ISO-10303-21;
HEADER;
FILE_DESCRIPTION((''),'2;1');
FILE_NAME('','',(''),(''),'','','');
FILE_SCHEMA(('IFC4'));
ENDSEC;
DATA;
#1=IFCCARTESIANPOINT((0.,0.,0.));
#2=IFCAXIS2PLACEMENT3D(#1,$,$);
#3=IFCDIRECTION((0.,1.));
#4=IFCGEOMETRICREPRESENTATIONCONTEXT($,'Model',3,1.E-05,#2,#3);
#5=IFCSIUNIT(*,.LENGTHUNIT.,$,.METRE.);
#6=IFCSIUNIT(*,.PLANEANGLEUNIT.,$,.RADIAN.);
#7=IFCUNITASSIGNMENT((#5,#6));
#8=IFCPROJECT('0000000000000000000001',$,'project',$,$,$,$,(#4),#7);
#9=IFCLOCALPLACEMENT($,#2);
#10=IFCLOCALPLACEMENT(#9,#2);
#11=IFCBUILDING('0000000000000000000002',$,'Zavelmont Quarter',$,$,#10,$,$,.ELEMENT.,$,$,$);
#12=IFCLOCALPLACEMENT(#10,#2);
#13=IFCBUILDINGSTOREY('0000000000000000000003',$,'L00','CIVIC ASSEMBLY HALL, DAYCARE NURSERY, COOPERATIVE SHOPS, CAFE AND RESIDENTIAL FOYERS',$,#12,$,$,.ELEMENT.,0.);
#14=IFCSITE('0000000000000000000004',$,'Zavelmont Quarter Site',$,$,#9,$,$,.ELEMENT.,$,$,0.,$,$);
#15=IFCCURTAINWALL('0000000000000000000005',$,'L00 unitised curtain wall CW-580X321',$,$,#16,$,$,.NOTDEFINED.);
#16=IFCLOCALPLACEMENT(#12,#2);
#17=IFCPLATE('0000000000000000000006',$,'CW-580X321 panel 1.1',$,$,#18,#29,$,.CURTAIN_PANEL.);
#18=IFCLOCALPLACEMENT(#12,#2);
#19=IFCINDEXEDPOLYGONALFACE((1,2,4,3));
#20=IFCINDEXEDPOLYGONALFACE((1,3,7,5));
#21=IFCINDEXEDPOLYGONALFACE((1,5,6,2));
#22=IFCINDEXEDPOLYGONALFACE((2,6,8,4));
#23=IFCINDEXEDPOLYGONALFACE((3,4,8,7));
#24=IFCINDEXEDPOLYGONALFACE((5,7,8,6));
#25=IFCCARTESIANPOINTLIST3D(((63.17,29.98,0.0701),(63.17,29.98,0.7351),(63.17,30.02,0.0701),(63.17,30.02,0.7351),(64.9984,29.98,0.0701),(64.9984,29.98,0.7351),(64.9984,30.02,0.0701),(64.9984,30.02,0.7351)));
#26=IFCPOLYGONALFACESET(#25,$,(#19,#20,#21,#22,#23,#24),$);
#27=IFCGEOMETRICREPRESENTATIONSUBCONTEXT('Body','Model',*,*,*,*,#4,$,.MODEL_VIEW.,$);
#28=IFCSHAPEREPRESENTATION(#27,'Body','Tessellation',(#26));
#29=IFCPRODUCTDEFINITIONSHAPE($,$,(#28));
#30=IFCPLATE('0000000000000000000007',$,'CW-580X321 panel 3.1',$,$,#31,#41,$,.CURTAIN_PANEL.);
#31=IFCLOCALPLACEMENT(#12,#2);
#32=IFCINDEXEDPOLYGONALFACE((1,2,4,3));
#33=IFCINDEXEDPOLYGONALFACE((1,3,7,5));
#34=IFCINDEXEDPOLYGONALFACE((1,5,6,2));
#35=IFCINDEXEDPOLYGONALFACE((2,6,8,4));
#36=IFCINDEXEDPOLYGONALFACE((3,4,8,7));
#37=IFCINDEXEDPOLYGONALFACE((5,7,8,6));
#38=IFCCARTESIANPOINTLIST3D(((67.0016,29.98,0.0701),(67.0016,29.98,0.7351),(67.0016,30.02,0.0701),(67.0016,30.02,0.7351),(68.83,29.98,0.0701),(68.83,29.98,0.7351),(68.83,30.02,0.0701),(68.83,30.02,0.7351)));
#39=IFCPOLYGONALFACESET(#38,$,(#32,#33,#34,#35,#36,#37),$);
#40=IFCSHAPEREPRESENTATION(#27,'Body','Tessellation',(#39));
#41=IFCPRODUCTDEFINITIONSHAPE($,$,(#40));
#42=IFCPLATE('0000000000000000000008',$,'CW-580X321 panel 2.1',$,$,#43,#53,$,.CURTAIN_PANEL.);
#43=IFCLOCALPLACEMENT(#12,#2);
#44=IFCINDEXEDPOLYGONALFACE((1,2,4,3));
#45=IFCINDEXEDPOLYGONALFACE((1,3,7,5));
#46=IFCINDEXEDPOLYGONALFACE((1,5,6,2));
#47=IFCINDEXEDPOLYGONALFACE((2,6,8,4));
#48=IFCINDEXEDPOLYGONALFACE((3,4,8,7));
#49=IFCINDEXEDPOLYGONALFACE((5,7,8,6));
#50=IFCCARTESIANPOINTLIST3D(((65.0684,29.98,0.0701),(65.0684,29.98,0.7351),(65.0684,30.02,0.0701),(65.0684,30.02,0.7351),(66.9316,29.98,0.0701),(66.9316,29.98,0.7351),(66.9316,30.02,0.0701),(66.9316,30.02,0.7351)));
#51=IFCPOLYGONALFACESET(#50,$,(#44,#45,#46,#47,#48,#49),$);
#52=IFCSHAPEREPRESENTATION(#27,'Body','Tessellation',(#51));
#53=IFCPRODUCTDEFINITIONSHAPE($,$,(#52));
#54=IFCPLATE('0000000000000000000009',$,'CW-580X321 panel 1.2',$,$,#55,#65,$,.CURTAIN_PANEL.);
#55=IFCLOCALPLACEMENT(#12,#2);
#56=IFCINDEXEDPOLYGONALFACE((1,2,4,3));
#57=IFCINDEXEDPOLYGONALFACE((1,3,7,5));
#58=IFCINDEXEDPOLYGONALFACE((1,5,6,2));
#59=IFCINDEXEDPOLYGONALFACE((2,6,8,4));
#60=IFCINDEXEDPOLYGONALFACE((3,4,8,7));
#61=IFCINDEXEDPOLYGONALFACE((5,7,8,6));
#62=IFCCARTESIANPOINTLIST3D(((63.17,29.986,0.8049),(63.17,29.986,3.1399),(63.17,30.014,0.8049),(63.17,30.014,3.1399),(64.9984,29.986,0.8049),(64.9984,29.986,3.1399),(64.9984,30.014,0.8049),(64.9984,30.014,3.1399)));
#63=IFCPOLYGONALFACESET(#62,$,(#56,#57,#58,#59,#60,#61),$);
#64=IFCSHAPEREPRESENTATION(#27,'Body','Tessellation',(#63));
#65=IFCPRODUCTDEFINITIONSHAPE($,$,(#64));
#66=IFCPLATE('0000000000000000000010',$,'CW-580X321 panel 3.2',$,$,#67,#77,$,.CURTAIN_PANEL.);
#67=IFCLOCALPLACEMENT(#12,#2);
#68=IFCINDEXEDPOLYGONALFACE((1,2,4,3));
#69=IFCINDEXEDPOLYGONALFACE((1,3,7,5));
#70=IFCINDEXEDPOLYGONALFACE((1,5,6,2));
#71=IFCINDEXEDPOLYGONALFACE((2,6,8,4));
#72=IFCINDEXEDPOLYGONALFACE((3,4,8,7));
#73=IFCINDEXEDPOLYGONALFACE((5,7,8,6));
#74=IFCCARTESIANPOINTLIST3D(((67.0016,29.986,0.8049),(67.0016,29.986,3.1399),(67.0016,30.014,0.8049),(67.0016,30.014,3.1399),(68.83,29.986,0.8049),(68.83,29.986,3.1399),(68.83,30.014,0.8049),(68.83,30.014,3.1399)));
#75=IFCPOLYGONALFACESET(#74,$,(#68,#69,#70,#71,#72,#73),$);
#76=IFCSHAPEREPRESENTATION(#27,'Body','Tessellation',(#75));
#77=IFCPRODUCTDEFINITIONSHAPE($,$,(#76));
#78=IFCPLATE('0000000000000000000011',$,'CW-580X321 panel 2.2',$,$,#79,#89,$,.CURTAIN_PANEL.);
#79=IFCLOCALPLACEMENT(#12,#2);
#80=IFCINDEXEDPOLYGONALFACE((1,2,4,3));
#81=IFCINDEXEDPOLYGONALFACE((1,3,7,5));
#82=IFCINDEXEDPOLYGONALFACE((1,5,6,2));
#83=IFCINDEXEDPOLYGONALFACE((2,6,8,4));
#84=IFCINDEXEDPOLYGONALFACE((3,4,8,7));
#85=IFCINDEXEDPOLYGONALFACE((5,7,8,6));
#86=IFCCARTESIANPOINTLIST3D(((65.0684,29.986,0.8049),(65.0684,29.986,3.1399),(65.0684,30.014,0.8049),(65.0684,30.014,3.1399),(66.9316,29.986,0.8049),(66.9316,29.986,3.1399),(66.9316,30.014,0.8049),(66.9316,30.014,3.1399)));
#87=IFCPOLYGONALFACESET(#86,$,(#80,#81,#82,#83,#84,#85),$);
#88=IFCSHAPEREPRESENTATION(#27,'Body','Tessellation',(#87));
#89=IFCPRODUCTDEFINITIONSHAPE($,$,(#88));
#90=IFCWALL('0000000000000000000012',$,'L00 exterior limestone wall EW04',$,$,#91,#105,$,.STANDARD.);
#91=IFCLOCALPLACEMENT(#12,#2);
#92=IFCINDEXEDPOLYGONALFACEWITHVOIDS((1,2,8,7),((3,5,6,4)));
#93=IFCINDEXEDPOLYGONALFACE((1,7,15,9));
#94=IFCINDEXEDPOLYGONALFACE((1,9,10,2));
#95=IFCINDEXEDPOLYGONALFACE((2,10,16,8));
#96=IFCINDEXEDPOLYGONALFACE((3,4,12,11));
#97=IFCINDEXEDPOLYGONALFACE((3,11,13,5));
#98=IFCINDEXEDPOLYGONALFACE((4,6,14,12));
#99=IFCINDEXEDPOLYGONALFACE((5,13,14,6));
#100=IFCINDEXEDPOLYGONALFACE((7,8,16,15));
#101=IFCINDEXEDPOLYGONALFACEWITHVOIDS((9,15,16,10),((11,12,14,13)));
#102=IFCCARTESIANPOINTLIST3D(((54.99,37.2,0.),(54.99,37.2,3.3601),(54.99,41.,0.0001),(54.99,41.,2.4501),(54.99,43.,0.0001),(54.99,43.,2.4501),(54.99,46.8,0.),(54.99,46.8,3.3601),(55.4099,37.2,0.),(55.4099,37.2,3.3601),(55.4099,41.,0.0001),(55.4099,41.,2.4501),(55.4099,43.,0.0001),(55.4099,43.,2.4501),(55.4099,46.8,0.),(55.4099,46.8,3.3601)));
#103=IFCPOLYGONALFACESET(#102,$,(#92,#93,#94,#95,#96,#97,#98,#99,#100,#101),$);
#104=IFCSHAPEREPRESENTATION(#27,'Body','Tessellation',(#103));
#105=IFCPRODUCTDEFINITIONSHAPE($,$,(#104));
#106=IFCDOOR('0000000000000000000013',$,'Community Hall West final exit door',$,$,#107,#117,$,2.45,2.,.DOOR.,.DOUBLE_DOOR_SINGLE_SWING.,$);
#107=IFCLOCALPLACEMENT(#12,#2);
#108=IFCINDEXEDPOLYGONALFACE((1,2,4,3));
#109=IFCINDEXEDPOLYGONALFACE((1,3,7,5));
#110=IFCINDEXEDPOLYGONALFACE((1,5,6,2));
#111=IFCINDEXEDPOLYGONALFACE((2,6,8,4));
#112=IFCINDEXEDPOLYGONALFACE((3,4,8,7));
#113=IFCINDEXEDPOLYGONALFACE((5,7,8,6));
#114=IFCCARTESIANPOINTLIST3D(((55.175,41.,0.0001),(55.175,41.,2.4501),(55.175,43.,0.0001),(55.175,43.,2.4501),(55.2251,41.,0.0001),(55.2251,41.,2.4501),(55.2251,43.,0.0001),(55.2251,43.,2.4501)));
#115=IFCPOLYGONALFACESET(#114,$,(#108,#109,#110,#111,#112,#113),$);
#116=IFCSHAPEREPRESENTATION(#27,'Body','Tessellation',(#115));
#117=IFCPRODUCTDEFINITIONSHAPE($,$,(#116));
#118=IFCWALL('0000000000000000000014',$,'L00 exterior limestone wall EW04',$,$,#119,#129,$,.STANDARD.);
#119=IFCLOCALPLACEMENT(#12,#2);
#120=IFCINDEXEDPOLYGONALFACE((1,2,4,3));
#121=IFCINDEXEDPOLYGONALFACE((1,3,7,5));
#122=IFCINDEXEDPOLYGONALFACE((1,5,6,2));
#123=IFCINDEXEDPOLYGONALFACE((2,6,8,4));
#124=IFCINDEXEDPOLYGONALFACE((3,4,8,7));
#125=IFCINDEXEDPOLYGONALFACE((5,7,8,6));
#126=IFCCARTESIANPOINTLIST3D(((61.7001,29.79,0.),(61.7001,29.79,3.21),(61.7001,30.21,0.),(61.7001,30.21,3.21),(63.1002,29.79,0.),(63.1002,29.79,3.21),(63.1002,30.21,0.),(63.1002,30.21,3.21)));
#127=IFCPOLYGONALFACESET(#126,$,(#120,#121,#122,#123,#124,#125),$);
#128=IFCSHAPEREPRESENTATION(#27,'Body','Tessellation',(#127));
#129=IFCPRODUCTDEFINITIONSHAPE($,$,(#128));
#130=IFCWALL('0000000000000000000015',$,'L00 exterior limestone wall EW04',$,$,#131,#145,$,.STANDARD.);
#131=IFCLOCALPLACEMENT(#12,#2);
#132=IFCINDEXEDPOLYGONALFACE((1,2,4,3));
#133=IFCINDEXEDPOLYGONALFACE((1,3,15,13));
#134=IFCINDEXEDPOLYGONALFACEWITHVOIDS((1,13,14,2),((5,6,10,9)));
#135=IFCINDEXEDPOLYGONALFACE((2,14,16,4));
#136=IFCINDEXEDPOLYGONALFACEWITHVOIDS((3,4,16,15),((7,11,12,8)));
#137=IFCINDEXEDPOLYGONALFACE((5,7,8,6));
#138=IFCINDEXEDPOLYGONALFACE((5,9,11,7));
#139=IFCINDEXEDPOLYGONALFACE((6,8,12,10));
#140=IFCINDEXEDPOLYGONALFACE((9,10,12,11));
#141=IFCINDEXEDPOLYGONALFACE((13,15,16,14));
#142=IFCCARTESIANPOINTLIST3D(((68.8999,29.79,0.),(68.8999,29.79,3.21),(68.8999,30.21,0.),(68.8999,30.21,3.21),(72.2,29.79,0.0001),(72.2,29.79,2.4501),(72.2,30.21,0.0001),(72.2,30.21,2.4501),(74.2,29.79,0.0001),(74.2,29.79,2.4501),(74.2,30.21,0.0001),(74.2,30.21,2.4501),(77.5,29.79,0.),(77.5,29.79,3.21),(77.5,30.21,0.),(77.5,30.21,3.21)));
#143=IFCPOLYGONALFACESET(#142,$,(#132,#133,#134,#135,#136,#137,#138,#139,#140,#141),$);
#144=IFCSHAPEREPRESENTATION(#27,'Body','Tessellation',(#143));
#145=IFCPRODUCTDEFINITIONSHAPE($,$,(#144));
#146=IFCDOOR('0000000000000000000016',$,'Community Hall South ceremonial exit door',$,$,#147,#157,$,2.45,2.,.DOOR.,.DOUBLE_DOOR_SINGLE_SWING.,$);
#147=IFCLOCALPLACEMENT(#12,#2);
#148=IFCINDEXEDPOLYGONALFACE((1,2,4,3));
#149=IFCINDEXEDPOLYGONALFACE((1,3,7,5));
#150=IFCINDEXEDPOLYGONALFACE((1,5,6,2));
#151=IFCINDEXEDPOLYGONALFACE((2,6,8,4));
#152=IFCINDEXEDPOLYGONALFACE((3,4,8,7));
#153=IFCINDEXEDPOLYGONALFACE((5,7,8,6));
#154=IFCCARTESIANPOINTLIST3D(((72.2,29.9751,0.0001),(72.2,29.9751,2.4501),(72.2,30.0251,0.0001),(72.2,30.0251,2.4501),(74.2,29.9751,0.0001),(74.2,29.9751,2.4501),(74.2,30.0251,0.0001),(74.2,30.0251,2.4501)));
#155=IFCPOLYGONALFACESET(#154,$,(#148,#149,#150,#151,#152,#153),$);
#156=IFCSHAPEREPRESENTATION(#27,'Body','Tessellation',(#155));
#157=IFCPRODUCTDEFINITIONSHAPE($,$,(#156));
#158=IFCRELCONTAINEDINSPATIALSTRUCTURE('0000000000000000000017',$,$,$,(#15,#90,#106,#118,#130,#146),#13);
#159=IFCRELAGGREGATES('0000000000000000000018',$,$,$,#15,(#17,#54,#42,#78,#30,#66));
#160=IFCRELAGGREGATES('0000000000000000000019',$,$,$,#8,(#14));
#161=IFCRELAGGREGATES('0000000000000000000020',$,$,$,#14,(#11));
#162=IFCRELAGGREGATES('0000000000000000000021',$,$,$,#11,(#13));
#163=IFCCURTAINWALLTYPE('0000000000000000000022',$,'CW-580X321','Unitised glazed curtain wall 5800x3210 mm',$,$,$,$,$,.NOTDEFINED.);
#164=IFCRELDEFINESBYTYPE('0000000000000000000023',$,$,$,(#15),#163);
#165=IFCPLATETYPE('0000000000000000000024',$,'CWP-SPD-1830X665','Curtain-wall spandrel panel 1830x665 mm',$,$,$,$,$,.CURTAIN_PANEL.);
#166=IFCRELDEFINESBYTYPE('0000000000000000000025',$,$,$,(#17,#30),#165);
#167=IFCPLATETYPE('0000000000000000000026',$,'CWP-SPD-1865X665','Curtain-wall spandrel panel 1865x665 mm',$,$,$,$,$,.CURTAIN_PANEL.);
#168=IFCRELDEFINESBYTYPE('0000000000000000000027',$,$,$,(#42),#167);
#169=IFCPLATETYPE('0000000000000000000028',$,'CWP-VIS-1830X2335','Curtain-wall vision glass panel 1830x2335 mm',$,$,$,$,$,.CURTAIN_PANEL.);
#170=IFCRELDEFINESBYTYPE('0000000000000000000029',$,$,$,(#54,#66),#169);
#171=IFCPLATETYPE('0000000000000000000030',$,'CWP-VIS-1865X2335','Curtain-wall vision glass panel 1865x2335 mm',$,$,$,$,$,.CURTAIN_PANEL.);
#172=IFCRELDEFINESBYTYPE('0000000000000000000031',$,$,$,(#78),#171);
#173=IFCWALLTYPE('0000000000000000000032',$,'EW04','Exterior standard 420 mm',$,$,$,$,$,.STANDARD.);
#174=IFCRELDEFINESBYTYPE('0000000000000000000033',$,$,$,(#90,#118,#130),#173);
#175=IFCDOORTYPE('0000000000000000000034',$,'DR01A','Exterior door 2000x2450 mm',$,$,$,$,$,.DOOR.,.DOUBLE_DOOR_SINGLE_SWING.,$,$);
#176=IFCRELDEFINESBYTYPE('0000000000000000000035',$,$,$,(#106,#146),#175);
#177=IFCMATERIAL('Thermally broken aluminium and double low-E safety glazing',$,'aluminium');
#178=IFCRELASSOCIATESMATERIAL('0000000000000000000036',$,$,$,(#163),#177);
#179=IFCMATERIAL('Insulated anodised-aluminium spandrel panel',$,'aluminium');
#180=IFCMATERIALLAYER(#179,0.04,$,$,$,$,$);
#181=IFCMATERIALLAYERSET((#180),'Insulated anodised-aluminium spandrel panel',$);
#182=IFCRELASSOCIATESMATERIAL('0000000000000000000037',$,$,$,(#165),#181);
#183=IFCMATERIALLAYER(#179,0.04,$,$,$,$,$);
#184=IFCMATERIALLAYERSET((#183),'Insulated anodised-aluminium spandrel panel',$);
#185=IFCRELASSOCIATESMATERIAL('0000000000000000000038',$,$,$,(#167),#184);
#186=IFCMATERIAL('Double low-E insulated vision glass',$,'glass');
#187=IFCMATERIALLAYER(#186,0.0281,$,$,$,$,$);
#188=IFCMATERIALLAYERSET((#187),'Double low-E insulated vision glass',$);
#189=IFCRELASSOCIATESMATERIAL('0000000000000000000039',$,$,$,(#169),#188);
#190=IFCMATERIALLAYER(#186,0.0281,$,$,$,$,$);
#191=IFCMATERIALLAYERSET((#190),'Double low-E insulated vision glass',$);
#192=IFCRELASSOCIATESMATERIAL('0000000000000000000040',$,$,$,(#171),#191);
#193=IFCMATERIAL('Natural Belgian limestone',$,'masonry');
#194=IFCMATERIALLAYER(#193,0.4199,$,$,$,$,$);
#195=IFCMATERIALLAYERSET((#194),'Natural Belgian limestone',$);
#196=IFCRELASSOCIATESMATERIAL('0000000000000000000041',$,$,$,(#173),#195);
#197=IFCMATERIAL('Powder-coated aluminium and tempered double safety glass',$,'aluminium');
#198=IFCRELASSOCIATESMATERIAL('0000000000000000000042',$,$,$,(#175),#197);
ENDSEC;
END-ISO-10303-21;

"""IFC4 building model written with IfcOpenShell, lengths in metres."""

from ifc_helpers import new_model, si_unit, direction, frame, frame_2d, origin, origin_with_axes, origin_2d, place, context, subcontext, project, spatial, rectangle, extrude, material, layer, layer_set, type_object, element, fill, aggregate, save


model = new_model("IFC4")

# Units and contexts
model_context = context("Model", 3, precision=1e-05, world=origin(), true_north=direction((0.0, 1.0)))
body_context = subcontext(model_context, "Body", "Model", "MODEL_VIEW")
ifc_project = project(units=[si_unit("LENGTHUNIT", "METRE"), si_unit("PLANEANGLEUNIT", "RADIAN")], contexts=[model_context])

# Site, building, storey
site_placement = place(None, origin())
site = spatial("IfcSite", under=ifc_project, at=site_placement, Name="Zavelmont Quarter Site", CompositionType="ELEMENT", RefElevation=0.0)
building_placement = place(site_placement, origin())
building = spatial("IfcBuilding", under=site, at=building_placement, Name="Zavelmont Quarter", CompositionType="ELEMENT")
storey_placement = place(building_placement, origin())
storey = spatial("IfcBuildingStorey", under=building, at=storey_placement, Name="L00", Description="CIVIC ASSEMBLY HALL, DAYCARE NURSERY, COOPERATIVE SHOPS, CAFE AND RESIDENTIAL FOYERS", CompositionType="ELEMENT", Elevation=0.0)

# Shared definitions
ifc_material_1 = material(Name="Thermally broken aluminium and double low-E safety glazing", Category="aluminium")
curtain_wall_type = type_object("IfcCurtainWallType", Name="CW-580X321", Description="Unitised glazed curtain wall 5800x3210 mm", PredefinedType="NOTDEFINED", material=ifc_material_1)

# Curtain wall, plates
curtain_wall_1_placement = place(storey_placement, origin())
curtain_wall_1 = element("IfcCurtainWall", 1, at=curtain_wall_1_placement, inside=storey, type_object=curtain_wall_type, Name="L00 unitised curtain wall CW-580X321", PredefinedType="NOTDEFINED")
ifc_material_2 = material(Name="Insulated anodised-aluminium spandrel panel", Category="aluminium")
ifc_layer_1 = layer(ifc_material_2, 0.04)
ifc_layer_set_1 = layer_set([ifc_layer_1], Name="Insulated anodised-aluminium spandrel panel")
plate_type_1 = type_object("IfcPlateType", Name="CWP-SPD-1830X665", Description="Curtain-wall spandrel panel 1830x665 mm", PredefinedType="CURTAIN_PANEL", material=ifc_layer_set_1)
plate_1_placement = place(storey_placement, frame((64.0842, 30.0, 0.0701), z_axis=(0.0, 0.0, 1.0), x_axis=(1.0, 0.0, 0.0)))
plate_1 = element("IfcPlate", 2, at=plate_1_placement, type_object=plate_type_1, Name="CW-580X321 panel 1.1", PredefinedType="CURTAIN_PANEL", context=body_context, shape_type="SweptSolid", body=[
    extrude(rectangle(XDim=1.8284, YDim=0.04, at=origin_2d()), origin(), (0.0, 0.0, 1.0), 0.665),
])
plate_2_placement = place(storey_placement, frame((67.9158, 30.0, 0.0701), z_axis=(0.0, 0.0, 1.0), x_axis=(1.0, 0.0, 0.0)))
plate_2 = element("IfcPlate", 3, at=plate_2_placement, type_object=plate_type_1, Name="CW-580X321 panel 3.1", PredefinedType="CURTAIN_PANEL", context=body_context, shape_type="SweptSolid", body=[
    extrude(rectangle(XDim=1.8284, YDim=0.04, at=origin_2d()), origin(), (0.0, 0.0, 1.0), 0.665),
])
ifc_layer_2 = layer(ifc_material_2, 0.04)
ifc_layer_set_2 = layer_set([ifc_layer_2], Name="Insulated anodised-aluminium spandrel panel")
plate_type_2 = type_object("IfcPlateType", Name="CWP-SPD-1865X665", Description="Curtain-wall spandrel panel 1865x665 mm", PredefinedType="CURTAIN_PANEL", material=ifc_layer_set_2)
plate_3_placement = place(storey_placement, frame((66.0, 30.0, 0.0701), z_axis=(0.0, 0.0, 1.0), x_axis=(1.0, 0.0, 0.0)))
plate_3 = element("IfcPlate", 4, at=plate_3_placement, type_object=plate_type_2, Name="CW-580X321 panel 2.1", PredefinedType="CURTAIN_PANEL", context=body_context, shape_type="SweptSolid", body=[
    extrude(rectangle(XDim=1.8633, YDim=0.04, at=origin_2d()), origin(), (0.0, 0.0, 1.0), 0.665),
])
ifc_material_3 = material(Name="Double low-E insulated vision glass", Category="glass")
ifc_layer_3 = layer(ifc_material_3, 0.0281)
ifc_layer_set_3 = layer_set([ifc_layer_3], Name="Double low-E insulated vision glass")
plate_type_3 = type_object("IfcPlateType", Name="CWP-VIS-1830X2335", Description="Curtain-wall vision glass panel 1830x2335 mm", PredefinedType="CURTAIN_PANEL", material=ifc_layer_set_3)
plate_4_placement = place(storey_placement, frame((64.0842, 30.0, 0.8049), z_axis=(0.0, 0.0, 1.0), x_axis=(1.0, 0.0, 0.0)))
plate_4 = element("IfcPlate", 5, at=plate_4_placement, type_object=plate_type_3, Name="CW-580X321 panel 1.2", PredefinedType="CURTAIN_PANEL", context=body_context, shape_type="SweptSolid", body=[
    extrude(rectangle(XDim=1.8284, YDim=0.0281, at=origin_2d()), origin(), (0.0, 0.0, 1.0), 2.335),
])
plate_5_placement = place(storey_placement, frame((67.9158, 30.0, 0.8049), z_axis=(0.0, 0.0, 1.0), x_axis=(1.0, 0.0, 0.0)))
plate_5 = element("IfcPlate", 6, at=plate_5_placement, type_object=plate_type_3, Name="CW-580X321 panel 3.2", PredefinedType="CURTAIN_PANEL", context=body_context, shape_type="SweptSolid", body=[
    extrude(rectangle(XDim=1.8284, YDim=0.0281, at=origin_2d()), origin(), (0.0, 0.0, 1.0), 2.335),
])
ifc_layer_4 = layer(ifc_material_3, 0.0281)
ifc_layer_set_4 = layer_set([ifc_layer_4], Name="Double low-E insulated vision glass")
plate_type_4 = type_object("IfcPlateType", Name="CWP-VIS-1865X2335", Description="Curtain-wall vision glass panel 1865x2335 mm", PredefinedType="CURTAIN_PANEL", material=ifc_layer_set_4)
plate_6_placement = place(storey_placement, frame((66.0, 30.0, 0.8049), z_axis=(0.0, 0.0, 1.0), x_axis=(1.0, 0.0, 0.0)))
plate_6 = element("IfcPlate", 7, at=plate_6_placement, type_object=plate_type_4, Name="CW-580X321 panel 2.2", PredefinedType="CURTAIN_PANEL", context=body_context, shape_type="SweptSolid", body=[
    extrude(rectangle(XDim=1.8633, YDim=0.0281, at=origin_2d()), origin(), (0.0, 0.0, 1.0), 2.335),
])
aggregate(curtain_wall_1, [plate_1, plate_4, plate_3, plate_6, plate_2, plate_5])

# Wall, opening, door
ifc_material_4 = material(Name="Natural Belgian limestone", Category="masonry")
ifc_layer_5 = layer(ifc_material_4, 0.4199)
ifc_layer_set_5 = layer_set([ifc_layer_5], Name="Natural Belgian limestone")
wall_type = type_object("IfcWallType", Name="EW04", Description="Exterior standard 420 mm", PredefinedType="STANDARD", material=ifc_layer_set_5)
wall_1_placement = place(storey_placement, frame((55.2, 37.2, 0.0), z_axis=(0.0, 0.0, 1.0), x_axis=(0.0, 1.0, 0.0)))
wall_1 = element("IfcWall", 8, at=wall_1_placement, inside=storey, type_object=wall_type, Name="L00 exterior limestone wall EW04", PredefinedType="STANDARD", context=body_context, shape_type="SweptSolid", body=[
    extrude(rectangle(XDim=9.6001, YDim=0.4199, at=frame_2d((4.8, 0.0))), origin(), (0.0, 0.0, 1.0), 3.3601),
])
opening_1_placement = place(wall_1_placement, frame((3.8, 0.0, 0.0)))
opening_1 = element("IfcOpeningElement", 9, at=opening_1_placement, cuts=wall_1, PredefinedType="OPENING", context=body_context, shape_type="SweptSolid", body=[
    extrude(rectangle(XDim=2.0, YDim=2.45, at=frame_2d((1.0, 1.2251))), frame((0.0, 0.2219, 0.0), z_axis=(0.0, -1.0, 0.0), x_axis=(1.0, 0.0, 0.0)), (0.0, 0.0, 1.0), 0.4438),
])
ifc_material_5 = material(Name="Powder-coated aluminium and tempered double safety glass", Category="aluminium")
door_type = type_object("IfcDoorType", Name="DR01A", Description="Exterior door 2000x2450 mm", OperationType="DOUBLE_DOOR_SINGLE_SWING", PredefinedType="DOOR", material=ifc_material_5)
door_1_placement = place(opening_1_placement, origin_with_axes())
door_1 = element("IfcDoor", 10, at=door_1_placement, inside=storey, type_object=door_type, Name="Community Hall West final exit door", OperationType="DOUBLE_DOOR_SINGLE_SWING", OverallHeight=2.45, OverallWidth=2.0, PredefinedType="DOOR", context=body_context, shape_type="SweptSolid", body=[
    extrude(rectangle(XDim=2.0, YDim=2.45, at=frame_2d((1.0, 1.2251))), frame((0.0, 0.0249, 0.0), z_axis=(0.0, -1.0, 0.0), x_axis=(1.0, 0.0, 0.0)), (0.0, 0.0, 1.0), 0.05),
])
fill(opening_1, door_1)

# Wall
wall_2_placement = place(storey_placement, frame((61.7, 30.0, 0.0), z_axis=(0.0, 0.0, 1.0), x_axis=(1.0, 0.0, 0.0)))
element("IfcWall", 11, at=wall_2_placement, inside=storey, type_object=wall_type, Name="L00 exterior limestone wall EW04", PredefinedType="STANDARD", context=body_context, shape_type="SweptSolid", body=[
    extrude(rectangle(XDim=1.4001, YDim=0.4199, at=frame_2d((0.7002, 0.0))), origin(), (0.0, 0.0, 1.0), 3.21),
])

# Wall, opening, door
wall_3_placement = place(storey_placement, frame((68.8999, 30.0, 0.0), z_axis=(0.0, 0.0, 1.0), x_axis=(1.0, 0.0, 0.0)))
wall_3 = element("IfcWall", 12, at=wall_3_placement, inside=storey, type_object=wall_type, Name="L00 exterior limestone wall EW04", PredefinedType="STANDARD", context=body_context, shape_type="SweptSolid", body=[
    extrude(rectangle(XDim=8.6001, YDim=0.4199, at=frame_2d((4.3, 0.0))), origin(), (0.0, 0.0, 1.0), 3.21),
])
opening_2_placement = place(wall_3_placement, frame((3.3, 0.0, 0.0)))
opening_2 = element("IfcOpeningElement", 13, at=opening_2_placement, cuts=wall_3, PredefinedType="OPENING", context=body_context, shape_type="SweptSolid", body=[
    extrude(rectangle(XDim=2.0, YDim=2.45, at=frame_2d((1.0, 1.2251))), frame((0.0, 0.2219, 0.0), z_axis=(0.0, -1.0, 0.0), x_axis=(1.0, 0.0, 0.0)), (0.0, 0.0, 1.0), 0.4438),
])
door_2_placement = place(opening_2_placement, frame((2.0, 0.0, 0.0), z_axis=(0.0, 0.0, 1.0), x_axis=(-1.0, 0.0, 0.0)))
door_2 = element("IfcDoor", 14, at=door_2_placement, inside=storey, type_object=door_type, Name="Community Hall South ceremonial exit door", OperationType="DOUBLE_DOOR_SINGLE_SWING", OverallHeight=2.45, OverallWidth=2.0, PredefinedType="DOOR", context=body_context, shape_type="SweptSolid", body=[
    extrude(rectangle(XDim=2.0, YDim=2.45, at=frame_2d((1.0, 1.2251))), frame((0.0, 0.0249, 0.0), z_axis=(0.0, -1.0, 0.0), x_axis=(1.0, 0.0, 0.0)), (0.0, 0.0, 1.0), 0.05),
])
fill(opening_2, door_2)

save(model, "model.ifc")
